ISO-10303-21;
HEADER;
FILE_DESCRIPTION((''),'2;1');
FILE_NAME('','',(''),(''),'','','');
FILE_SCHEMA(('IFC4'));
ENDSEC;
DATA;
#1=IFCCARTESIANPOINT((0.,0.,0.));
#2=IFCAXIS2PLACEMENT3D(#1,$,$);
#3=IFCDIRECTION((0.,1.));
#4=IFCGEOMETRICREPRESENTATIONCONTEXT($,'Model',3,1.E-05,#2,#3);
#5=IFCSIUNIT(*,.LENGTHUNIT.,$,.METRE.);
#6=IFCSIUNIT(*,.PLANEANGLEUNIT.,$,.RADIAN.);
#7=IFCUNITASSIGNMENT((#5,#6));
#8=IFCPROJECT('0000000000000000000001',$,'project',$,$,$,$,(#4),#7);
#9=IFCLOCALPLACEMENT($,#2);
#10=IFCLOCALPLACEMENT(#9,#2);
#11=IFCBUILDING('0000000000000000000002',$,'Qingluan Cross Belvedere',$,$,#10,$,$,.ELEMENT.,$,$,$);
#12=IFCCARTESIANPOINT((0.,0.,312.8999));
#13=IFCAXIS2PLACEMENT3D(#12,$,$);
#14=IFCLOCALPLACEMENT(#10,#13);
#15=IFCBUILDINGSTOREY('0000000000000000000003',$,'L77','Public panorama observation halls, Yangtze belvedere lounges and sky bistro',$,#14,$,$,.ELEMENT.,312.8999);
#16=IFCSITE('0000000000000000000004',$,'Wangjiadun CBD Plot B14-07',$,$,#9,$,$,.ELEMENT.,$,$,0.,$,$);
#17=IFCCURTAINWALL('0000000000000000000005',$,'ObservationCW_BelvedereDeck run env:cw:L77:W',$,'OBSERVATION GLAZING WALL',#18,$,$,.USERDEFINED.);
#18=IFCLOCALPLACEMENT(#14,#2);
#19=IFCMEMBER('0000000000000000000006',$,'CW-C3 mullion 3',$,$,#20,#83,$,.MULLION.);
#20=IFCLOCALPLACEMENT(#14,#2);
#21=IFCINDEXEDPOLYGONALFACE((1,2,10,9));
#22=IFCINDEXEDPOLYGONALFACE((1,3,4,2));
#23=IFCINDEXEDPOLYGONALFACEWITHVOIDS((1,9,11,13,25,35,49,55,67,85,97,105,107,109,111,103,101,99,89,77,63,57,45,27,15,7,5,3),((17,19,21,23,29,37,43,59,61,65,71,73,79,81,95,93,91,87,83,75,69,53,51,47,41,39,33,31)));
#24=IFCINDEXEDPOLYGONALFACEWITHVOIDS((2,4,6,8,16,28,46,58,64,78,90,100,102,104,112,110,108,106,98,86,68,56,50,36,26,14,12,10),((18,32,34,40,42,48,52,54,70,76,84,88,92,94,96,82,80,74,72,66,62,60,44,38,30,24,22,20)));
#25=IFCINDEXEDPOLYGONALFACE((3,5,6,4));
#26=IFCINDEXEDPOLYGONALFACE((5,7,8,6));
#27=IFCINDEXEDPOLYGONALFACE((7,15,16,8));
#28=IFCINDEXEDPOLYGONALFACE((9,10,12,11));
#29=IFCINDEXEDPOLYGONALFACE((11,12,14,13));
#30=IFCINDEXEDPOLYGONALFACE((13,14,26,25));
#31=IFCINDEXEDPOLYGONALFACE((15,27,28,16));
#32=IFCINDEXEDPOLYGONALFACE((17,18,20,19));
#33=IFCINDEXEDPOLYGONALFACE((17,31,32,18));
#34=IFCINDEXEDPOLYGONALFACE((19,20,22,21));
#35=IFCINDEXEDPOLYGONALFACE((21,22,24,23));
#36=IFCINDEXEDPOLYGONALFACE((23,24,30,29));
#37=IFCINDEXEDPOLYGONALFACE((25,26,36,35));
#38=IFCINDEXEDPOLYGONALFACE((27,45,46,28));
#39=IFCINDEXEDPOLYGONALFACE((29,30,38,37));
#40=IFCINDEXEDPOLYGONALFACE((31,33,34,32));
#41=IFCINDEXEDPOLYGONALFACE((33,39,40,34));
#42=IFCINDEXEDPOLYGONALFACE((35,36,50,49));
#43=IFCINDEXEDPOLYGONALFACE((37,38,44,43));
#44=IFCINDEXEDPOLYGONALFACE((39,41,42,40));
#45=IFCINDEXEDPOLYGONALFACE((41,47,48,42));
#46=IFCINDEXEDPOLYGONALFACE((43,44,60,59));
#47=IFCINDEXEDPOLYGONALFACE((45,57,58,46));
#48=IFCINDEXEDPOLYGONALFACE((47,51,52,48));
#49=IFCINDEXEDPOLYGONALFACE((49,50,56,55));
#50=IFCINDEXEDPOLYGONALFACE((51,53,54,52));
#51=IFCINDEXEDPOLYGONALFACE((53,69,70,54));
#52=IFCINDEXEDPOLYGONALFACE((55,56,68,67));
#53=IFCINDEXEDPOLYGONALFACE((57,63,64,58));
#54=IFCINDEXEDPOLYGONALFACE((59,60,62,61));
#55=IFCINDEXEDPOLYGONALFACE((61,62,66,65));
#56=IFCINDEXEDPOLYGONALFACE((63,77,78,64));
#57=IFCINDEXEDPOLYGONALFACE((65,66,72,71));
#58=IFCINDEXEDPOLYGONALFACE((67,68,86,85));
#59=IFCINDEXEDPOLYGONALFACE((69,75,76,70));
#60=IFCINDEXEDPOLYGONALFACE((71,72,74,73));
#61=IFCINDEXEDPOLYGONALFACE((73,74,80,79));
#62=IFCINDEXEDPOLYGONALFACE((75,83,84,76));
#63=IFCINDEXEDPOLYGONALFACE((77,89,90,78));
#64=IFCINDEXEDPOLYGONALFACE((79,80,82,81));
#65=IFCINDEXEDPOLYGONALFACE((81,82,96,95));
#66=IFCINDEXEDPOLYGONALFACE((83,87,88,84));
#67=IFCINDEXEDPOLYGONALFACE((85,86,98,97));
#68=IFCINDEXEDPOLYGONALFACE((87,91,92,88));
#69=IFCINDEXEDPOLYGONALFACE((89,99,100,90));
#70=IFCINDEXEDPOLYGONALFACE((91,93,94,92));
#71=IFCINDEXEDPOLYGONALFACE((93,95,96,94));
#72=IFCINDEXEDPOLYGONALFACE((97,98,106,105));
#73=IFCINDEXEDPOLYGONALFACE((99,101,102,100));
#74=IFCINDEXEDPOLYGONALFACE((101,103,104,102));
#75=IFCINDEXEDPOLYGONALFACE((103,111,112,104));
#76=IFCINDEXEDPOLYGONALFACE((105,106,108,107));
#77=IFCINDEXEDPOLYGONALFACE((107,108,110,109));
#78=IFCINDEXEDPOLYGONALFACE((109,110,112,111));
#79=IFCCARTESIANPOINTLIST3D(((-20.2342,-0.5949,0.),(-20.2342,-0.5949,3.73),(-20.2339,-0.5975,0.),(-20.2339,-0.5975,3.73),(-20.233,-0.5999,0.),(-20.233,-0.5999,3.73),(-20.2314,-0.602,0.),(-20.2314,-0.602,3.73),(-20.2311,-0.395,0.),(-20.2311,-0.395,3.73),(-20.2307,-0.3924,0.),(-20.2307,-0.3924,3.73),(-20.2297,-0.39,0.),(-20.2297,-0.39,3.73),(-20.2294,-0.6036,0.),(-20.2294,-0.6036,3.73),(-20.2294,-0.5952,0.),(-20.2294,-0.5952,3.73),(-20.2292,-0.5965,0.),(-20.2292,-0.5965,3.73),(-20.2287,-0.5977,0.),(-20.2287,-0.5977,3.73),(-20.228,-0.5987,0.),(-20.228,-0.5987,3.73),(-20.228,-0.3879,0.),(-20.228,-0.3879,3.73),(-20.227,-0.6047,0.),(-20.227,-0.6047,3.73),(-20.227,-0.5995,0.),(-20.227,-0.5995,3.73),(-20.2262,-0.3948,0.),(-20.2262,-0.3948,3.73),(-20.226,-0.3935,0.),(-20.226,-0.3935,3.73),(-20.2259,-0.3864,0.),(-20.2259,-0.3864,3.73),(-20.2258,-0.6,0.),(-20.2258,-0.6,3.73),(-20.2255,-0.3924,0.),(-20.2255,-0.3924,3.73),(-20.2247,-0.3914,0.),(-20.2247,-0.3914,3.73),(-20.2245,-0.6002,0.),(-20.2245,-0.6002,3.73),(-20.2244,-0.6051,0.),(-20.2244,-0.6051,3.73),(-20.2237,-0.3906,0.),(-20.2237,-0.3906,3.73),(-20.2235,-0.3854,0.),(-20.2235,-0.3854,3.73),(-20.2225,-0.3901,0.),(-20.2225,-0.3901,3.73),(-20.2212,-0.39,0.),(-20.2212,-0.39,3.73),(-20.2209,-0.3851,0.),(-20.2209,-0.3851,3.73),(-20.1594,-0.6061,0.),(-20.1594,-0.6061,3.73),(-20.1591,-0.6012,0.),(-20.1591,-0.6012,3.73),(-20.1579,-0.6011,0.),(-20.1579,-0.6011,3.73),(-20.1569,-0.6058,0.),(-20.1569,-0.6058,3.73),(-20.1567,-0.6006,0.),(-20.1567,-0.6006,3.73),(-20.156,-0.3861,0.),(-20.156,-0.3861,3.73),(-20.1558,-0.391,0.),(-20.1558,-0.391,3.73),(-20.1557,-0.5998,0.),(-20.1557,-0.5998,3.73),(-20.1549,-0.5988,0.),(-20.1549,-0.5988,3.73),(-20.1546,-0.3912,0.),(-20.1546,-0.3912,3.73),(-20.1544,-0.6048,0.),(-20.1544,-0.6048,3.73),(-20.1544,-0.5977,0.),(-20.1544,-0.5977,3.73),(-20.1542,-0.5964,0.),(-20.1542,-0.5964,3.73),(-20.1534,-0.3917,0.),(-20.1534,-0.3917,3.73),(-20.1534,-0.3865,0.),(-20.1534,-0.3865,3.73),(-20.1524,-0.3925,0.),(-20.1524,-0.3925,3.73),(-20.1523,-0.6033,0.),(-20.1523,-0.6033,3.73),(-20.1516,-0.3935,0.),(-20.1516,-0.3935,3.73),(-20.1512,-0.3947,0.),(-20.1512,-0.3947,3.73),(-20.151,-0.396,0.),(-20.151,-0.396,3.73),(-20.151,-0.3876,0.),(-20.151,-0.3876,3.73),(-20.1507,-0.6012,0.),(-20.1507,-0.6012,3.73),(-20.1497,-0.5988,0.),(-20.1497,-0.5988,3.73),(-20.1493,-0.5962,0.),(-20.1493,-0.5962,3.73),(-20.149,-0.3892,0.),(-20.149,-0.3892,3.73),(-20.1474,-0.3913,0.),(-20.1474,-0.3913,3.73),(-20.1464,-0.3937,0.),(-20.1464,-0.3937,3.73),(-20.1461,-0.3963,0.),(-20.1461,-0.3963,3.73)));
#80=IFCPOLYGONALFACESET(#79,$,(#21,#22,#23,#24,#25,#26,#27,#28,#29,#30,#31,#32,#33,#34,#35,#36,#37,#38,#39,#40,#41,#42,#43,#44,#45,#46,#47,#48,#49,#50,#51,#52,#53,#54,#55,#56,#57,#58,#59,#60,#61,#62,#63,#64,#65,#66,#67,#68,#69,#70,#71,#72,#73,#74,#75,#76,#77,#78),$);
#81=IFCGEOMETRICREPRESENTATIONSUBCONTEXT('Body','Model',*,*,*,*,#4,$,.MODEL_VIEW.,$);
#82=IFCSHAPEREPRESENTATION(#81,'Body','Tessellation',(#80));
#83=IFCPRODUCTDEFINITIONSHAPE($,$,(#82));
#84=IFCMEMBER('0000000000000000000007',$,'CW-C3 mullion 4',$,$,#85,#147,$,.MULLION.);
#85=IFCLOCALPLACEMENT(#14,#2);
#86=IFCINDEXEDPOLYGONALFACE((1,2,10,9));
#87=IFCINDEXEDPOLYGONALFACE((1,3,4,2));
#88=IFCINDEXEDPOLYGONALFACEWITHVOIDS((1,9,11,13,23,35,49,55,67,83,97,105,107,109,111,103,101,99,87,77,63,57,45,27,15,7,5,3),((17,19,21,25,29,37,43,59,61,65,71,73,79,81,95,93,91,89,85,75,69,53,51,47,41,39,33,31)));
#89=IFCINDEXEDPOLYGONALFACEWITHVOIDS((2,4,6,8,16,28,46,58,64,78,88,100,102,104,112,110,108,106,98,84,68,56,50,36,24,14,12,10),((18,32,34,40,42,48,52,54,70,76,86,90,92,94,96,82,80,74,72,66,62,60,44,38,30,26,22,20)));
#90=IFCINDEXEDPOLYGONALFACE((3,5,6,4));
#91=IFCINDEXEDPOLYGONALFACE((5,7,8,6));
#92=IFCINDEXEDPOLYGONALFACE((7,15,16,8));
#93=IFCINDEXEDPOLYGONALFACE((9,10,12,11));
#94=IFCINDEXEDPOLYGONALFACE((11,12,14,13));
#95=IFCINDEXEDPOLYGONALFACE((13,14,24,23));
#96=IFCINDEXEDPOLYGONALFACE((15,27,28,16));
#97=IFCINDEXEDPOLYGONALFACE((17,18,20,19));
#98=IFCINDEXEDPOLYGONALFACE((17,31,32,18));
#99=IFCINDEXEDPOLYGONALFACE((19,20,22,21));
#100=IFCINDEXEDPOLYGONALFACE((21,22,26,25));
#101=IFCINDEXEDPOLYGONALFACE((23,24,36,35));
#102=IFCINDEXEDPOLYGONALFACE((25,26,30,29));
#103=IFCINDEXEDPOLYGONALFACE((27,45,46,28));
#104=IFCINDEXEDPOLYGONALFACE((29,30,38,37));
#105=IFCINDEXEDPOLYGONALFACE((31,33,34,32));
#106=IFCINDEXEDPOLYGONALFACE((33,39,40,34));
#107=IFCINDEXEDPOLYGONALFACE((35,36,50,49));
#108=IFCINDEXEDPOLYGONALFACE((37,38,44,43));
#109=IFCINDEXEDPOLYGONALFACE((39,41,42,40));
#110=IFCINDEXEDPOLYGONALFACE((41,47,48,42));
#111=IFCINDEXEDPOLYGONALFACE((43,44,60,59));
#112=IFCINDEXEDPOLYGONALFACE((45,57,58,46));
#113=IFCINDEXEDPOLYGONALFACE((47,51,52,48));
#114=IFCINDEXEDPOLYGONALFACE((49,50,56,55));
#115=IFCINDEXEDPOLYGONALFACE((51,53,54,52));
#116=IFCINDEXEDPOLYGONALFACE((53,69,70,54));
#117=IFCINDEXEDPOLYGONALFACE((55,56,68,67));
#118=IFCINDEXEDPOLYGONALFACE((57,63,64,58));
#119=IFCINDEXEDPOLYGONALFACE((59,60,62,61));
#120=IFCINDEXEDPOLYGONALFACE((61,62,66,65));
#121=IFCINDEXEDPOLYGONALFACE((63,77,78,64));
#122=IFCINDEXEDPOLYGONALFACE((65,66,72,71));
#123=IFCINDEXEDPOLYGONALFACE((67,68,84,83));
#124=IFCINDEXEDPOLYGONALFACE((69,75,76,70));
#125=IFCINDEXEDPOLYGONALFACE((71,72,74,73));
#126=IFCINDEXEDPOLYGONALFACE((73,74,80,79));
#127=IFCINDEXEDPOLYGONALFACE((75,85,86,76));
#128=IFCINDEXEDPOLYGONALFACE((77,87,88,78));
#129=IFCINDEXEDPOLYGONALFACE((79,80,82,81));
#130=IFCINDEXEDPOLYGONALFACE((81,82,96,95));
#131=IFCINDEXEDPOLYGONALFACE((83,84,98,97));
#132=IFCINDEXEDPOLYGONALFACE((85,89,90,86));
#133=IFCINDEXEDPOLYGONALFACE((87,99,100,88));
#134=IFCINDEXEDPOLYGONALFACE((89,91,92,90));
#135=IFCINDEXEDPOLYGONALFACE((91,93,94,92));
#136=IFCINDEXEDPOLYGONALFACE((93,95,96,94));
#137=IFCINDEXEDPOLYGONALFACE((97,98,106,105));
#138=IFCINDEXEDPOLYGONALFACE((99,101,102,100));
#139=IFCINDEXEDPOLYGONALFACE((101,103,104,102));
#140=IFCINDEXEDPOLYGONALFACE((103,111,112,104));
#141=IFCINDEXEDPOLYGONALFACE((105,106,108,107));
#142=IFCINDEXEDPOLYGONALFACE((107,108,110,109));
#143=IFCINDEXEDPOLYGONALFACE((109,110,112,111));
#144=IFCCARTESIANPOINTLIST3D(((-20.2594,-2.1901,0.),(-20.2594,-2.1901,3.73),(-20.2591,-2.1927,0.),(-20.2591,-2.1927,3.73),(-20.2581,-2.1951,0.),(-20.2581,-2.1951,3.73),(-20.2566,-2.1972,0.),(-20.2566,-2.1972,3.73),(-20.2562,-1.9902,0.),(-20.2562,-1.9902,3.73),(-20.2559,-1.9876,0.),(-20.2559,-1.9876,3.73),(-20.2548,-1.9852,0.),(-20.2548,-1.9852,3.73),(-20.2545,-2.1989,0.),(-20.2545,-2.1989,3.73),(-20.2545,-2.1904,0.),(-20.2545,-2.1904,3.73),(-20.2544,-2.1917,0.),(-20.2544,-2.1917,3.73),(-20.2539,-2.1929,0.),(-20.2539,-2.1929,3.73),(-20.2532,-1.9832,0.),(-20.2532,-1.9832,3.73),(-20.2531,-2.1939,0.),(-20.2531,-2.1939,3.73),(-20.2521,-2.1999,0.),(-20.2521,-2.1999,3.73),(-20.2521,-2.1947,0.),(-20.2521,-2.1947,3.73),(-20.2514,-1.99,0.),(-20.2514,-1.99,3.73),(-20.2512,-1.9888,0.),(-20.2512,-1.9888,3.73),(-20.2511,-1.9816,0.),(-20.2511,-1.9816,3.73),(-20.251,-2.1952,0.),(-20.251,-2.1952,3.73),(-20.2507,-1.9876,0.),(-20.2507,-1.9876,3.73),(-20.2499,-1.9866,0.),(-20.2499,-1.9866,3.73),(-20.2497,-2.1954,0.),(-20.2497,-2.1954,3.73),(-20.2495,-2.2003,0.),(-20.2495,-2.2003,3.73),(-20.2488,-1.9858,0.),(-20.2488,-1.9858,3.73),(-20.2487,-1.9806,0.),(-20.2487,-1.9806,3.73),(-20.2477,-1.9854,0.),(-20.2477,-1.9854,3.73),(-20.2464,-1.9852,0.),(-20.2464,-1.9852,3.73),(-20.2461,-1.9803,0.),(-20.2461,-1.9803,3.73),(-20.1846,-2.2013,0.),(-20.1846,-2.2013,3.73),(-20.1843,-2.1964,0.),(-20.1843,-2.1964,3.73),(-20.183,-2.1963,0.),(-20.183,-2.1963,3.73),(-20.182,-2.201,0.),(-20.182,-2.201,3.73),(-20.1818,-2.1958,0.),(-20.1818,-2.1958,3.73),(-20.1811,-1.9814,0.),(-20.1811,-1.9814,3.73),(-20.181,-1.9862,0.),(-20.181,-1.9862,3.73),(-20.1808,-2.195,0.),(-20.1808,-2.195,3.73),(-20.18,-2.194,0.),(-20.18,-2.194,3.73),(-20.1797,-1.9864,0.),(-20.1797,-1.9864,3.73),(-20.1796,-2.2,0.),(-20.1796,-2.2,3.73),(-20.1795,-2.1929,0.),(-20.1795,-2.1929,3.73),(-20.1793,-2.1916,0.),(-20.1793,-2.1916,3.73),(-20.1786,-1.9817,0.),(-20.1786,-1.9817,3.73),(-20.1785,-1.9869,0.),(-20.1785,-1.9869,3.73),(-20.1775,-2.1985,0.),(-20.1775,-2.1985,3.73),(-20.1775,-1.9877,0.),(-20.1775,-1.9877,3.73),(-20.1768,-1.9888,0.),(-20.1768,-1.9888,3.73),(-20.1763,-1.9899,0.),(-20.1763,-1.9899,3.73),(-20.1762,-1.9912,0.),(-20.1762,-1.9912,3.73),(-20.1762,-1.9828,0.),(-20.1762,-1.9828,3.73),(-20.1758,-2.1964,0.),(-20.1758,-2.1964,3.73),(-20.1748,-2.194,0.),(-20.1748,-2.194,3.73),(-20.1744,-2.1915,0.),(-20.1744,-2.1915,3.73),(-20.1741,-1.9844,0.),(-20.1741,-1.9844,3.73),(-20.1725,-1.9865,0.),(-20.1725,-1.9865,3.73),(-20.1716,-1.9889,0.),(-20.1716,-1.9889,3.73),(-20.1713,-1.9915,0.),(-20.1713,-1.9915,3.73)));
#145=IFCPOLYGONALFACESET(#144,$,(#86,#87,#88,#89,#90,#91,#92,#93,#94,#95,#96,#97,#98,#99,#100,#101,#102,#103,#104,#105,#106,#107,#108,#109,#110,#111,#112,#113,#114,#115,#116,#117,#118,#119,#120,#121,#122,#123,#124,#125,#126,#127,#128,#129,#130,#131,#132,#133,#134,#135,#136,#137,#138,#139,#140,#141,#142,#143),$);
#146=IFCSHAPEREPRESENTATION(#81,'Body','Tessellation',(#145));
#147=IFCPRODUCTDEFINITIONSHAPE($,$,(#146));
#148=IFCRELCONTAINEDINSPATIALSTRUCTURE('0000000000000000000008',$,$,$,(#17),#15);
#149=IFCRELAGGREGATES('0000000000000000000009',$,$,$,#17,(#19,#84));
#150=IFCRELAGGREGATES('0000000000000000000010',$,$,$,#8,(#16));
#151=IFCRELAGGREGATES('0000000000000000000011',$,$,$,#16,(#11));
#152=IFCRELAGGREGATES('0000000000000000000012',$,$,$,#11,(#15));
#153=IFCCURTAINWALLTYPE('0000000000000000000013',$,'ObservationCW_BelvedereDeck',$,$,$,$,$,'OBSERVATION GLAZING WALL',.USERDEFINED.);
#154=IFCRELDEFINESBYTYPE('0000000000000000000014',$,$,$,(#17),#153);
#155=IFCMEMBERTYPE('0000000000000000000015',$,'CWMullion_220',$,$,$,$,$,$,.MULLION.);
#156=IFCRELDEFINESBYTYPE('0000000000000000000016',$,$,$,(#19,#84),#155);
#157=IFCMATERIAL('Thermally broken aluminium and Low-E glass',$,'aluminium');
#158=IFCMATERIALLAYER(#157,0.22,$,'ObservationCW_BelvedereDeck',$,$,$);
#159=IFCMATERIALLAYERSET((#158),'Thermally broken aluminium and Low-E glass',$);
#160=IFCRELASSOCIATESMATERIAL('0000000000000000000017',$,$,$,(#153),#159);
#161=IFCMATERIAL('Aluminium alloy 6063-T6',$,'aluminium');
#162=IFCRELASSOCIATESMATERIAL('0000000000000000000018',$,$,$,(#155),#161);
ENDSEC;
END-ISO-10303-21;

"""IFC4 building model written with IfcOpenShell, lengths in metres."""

from ifc_helpers import new_model, si_unit, direction, frame, origin, origin_2d, place, context, subcontext, project, spatial, hollow_rectangle, extrude, material, layer, layer_set, material_profile, profile_set, type_object, element, aggregate, save


model = new_model("IFC4")

# Units and contexts
model_context = context("Model", 3, precision=1e-05, world=origin(), true_north=direction((0.0, 1.0)))
body_context = subcontext(model_context, "Body", "Model", "MODEL_VIEW")
ifc_project = project(units=[si_unit("LENGTHUNIT", "METRE"), si_unit("PLANEANGLEUNIT", "RADIAN")], contexts=[model_context])

# Site, building, storey
site_placement = place(None, origin())
site = spatial("IfcSite", under=ifc_project, at=site_placement, Name="Wangjiadun CBD Plot B14-07", CompositionType="ELEMENT", RefElevation=0.0)
building_placement = place(site_placement, origin())
building = spatial("IfcBuilding", under=site, at=building_placement, Name="Qingluan Cross Belvedere", CompositionType="ELEMENT")
storey_placement = place(building_placement, frame((0.0, 0.0, 312.8999)))
storey = spatial("IfcBuildingStorey", under=building, at=storey_placement, Name="L77", Description="Public panorama observation halls, Yangtze belvedere lounges and sky bistro", CompositionType="ELEMENT", Elevation=312.8999)

# Curtain wall, members
ifc_material_1 = material(Name="Thermally broken aluminium and Low-E glass", Category="aluminium")
ifc_layer_1 = layer(ifc_material_1, 0.22, Name="ObservationCW_BelvedereDeck")
ifc_layer_set_1 = layer_set([ifc_layer_1], Name="Thermally broken aluminium and Low-E glass")
curtain_wall_type = type_object("IfcCurtainWallType", Name="ObservationCW_BelvedereDeck", ElementType="OBSERVATION GLAZING WALL", PredefinedType="USERDEFINED", material=ifc_layer_set_1)
curtain_wall_placement = place(storey_placement, origin())
curtain_wall = element("IfcCurtainWall", 1, at=curtain_wall_placement, inside=storey, type_object=curtain_wall_type, Name="ObservationCW_BelvedereDeck run env:cw:L77:W", ObjectType="OBSERVATION GLAZING WALL", PredefinedType="USERDEFINED")
ifc_material_2 = material(Name="Aluminium alloy 6063-T6", Category="aluminium")
ifc_material_profile_1 = material_profile(ifc_material_2, hollow_rectangle(XDim=0.085, YDim=0.22, WallThickness=0.0049, InnerFilletRadius=0.0049, OuterFilletRadius=0.01, at=origin_2d()), Name="CWM220x85x5")
ifc_profile_set_1 = profile_set([ifc_material_profile_1], Name="Aluminium alloy 6063-T6")
member_type_1 = type_object("IfcMemberType", Name="CWMullion_220", PredefinedType="MULLION", material=ifc_profile_set_1)
member_1_placement = place(storey_placement, frame((-20.1902, -0.4956, 0.0), z_axis=(0.0, 0.0, 1.0), x_axis=(0.999877, -0.01571, 0.0)))
member_1 = element("IfcMember", 2, at=member_1_placement, type_object=member_type_1, Name="CW-C3 mullion 3", PredefinedType="MULLION", context=body_context, shape_type="SweptSolid", body=[
    extrude(hollow_rectangle(XDim=0.085, YDim=0.22, WallThickness=0.0049, InnerFilletRadius=0.0049, OuterFilletRadius=0.01, at=origin_2d()), origin(), (0.0, 0.0, 1.0), 3.73),
])
member_2_placement = place(storey_placement, frame((-20.2153, -2.0908, 0.0), z_axis=(0.0, 0.0, 1.0), x_axis=(0.999877, -0.01571, 0.0)))
member_2 = element("IfcMember", 3, at=member_2_placement, type_object=member_type_1, Name="CW-C3 mullion 4", PredefinedType="MULLION", context=body_context, shape_type="SweptSolid", body=[
    extrude(hollow_rectangle(XDim=0.085, YDim=0.22, WallThickness=0.0049, InnerFilletRadius=0.0049, OuterFilletRadius=0.01, at=origin_2d()), origin(), (0.0, 0.0, 1.0), 3.73),
])

aggregate(curtain_wall, [member_1, member_2])

save(model, "model.ifc")
